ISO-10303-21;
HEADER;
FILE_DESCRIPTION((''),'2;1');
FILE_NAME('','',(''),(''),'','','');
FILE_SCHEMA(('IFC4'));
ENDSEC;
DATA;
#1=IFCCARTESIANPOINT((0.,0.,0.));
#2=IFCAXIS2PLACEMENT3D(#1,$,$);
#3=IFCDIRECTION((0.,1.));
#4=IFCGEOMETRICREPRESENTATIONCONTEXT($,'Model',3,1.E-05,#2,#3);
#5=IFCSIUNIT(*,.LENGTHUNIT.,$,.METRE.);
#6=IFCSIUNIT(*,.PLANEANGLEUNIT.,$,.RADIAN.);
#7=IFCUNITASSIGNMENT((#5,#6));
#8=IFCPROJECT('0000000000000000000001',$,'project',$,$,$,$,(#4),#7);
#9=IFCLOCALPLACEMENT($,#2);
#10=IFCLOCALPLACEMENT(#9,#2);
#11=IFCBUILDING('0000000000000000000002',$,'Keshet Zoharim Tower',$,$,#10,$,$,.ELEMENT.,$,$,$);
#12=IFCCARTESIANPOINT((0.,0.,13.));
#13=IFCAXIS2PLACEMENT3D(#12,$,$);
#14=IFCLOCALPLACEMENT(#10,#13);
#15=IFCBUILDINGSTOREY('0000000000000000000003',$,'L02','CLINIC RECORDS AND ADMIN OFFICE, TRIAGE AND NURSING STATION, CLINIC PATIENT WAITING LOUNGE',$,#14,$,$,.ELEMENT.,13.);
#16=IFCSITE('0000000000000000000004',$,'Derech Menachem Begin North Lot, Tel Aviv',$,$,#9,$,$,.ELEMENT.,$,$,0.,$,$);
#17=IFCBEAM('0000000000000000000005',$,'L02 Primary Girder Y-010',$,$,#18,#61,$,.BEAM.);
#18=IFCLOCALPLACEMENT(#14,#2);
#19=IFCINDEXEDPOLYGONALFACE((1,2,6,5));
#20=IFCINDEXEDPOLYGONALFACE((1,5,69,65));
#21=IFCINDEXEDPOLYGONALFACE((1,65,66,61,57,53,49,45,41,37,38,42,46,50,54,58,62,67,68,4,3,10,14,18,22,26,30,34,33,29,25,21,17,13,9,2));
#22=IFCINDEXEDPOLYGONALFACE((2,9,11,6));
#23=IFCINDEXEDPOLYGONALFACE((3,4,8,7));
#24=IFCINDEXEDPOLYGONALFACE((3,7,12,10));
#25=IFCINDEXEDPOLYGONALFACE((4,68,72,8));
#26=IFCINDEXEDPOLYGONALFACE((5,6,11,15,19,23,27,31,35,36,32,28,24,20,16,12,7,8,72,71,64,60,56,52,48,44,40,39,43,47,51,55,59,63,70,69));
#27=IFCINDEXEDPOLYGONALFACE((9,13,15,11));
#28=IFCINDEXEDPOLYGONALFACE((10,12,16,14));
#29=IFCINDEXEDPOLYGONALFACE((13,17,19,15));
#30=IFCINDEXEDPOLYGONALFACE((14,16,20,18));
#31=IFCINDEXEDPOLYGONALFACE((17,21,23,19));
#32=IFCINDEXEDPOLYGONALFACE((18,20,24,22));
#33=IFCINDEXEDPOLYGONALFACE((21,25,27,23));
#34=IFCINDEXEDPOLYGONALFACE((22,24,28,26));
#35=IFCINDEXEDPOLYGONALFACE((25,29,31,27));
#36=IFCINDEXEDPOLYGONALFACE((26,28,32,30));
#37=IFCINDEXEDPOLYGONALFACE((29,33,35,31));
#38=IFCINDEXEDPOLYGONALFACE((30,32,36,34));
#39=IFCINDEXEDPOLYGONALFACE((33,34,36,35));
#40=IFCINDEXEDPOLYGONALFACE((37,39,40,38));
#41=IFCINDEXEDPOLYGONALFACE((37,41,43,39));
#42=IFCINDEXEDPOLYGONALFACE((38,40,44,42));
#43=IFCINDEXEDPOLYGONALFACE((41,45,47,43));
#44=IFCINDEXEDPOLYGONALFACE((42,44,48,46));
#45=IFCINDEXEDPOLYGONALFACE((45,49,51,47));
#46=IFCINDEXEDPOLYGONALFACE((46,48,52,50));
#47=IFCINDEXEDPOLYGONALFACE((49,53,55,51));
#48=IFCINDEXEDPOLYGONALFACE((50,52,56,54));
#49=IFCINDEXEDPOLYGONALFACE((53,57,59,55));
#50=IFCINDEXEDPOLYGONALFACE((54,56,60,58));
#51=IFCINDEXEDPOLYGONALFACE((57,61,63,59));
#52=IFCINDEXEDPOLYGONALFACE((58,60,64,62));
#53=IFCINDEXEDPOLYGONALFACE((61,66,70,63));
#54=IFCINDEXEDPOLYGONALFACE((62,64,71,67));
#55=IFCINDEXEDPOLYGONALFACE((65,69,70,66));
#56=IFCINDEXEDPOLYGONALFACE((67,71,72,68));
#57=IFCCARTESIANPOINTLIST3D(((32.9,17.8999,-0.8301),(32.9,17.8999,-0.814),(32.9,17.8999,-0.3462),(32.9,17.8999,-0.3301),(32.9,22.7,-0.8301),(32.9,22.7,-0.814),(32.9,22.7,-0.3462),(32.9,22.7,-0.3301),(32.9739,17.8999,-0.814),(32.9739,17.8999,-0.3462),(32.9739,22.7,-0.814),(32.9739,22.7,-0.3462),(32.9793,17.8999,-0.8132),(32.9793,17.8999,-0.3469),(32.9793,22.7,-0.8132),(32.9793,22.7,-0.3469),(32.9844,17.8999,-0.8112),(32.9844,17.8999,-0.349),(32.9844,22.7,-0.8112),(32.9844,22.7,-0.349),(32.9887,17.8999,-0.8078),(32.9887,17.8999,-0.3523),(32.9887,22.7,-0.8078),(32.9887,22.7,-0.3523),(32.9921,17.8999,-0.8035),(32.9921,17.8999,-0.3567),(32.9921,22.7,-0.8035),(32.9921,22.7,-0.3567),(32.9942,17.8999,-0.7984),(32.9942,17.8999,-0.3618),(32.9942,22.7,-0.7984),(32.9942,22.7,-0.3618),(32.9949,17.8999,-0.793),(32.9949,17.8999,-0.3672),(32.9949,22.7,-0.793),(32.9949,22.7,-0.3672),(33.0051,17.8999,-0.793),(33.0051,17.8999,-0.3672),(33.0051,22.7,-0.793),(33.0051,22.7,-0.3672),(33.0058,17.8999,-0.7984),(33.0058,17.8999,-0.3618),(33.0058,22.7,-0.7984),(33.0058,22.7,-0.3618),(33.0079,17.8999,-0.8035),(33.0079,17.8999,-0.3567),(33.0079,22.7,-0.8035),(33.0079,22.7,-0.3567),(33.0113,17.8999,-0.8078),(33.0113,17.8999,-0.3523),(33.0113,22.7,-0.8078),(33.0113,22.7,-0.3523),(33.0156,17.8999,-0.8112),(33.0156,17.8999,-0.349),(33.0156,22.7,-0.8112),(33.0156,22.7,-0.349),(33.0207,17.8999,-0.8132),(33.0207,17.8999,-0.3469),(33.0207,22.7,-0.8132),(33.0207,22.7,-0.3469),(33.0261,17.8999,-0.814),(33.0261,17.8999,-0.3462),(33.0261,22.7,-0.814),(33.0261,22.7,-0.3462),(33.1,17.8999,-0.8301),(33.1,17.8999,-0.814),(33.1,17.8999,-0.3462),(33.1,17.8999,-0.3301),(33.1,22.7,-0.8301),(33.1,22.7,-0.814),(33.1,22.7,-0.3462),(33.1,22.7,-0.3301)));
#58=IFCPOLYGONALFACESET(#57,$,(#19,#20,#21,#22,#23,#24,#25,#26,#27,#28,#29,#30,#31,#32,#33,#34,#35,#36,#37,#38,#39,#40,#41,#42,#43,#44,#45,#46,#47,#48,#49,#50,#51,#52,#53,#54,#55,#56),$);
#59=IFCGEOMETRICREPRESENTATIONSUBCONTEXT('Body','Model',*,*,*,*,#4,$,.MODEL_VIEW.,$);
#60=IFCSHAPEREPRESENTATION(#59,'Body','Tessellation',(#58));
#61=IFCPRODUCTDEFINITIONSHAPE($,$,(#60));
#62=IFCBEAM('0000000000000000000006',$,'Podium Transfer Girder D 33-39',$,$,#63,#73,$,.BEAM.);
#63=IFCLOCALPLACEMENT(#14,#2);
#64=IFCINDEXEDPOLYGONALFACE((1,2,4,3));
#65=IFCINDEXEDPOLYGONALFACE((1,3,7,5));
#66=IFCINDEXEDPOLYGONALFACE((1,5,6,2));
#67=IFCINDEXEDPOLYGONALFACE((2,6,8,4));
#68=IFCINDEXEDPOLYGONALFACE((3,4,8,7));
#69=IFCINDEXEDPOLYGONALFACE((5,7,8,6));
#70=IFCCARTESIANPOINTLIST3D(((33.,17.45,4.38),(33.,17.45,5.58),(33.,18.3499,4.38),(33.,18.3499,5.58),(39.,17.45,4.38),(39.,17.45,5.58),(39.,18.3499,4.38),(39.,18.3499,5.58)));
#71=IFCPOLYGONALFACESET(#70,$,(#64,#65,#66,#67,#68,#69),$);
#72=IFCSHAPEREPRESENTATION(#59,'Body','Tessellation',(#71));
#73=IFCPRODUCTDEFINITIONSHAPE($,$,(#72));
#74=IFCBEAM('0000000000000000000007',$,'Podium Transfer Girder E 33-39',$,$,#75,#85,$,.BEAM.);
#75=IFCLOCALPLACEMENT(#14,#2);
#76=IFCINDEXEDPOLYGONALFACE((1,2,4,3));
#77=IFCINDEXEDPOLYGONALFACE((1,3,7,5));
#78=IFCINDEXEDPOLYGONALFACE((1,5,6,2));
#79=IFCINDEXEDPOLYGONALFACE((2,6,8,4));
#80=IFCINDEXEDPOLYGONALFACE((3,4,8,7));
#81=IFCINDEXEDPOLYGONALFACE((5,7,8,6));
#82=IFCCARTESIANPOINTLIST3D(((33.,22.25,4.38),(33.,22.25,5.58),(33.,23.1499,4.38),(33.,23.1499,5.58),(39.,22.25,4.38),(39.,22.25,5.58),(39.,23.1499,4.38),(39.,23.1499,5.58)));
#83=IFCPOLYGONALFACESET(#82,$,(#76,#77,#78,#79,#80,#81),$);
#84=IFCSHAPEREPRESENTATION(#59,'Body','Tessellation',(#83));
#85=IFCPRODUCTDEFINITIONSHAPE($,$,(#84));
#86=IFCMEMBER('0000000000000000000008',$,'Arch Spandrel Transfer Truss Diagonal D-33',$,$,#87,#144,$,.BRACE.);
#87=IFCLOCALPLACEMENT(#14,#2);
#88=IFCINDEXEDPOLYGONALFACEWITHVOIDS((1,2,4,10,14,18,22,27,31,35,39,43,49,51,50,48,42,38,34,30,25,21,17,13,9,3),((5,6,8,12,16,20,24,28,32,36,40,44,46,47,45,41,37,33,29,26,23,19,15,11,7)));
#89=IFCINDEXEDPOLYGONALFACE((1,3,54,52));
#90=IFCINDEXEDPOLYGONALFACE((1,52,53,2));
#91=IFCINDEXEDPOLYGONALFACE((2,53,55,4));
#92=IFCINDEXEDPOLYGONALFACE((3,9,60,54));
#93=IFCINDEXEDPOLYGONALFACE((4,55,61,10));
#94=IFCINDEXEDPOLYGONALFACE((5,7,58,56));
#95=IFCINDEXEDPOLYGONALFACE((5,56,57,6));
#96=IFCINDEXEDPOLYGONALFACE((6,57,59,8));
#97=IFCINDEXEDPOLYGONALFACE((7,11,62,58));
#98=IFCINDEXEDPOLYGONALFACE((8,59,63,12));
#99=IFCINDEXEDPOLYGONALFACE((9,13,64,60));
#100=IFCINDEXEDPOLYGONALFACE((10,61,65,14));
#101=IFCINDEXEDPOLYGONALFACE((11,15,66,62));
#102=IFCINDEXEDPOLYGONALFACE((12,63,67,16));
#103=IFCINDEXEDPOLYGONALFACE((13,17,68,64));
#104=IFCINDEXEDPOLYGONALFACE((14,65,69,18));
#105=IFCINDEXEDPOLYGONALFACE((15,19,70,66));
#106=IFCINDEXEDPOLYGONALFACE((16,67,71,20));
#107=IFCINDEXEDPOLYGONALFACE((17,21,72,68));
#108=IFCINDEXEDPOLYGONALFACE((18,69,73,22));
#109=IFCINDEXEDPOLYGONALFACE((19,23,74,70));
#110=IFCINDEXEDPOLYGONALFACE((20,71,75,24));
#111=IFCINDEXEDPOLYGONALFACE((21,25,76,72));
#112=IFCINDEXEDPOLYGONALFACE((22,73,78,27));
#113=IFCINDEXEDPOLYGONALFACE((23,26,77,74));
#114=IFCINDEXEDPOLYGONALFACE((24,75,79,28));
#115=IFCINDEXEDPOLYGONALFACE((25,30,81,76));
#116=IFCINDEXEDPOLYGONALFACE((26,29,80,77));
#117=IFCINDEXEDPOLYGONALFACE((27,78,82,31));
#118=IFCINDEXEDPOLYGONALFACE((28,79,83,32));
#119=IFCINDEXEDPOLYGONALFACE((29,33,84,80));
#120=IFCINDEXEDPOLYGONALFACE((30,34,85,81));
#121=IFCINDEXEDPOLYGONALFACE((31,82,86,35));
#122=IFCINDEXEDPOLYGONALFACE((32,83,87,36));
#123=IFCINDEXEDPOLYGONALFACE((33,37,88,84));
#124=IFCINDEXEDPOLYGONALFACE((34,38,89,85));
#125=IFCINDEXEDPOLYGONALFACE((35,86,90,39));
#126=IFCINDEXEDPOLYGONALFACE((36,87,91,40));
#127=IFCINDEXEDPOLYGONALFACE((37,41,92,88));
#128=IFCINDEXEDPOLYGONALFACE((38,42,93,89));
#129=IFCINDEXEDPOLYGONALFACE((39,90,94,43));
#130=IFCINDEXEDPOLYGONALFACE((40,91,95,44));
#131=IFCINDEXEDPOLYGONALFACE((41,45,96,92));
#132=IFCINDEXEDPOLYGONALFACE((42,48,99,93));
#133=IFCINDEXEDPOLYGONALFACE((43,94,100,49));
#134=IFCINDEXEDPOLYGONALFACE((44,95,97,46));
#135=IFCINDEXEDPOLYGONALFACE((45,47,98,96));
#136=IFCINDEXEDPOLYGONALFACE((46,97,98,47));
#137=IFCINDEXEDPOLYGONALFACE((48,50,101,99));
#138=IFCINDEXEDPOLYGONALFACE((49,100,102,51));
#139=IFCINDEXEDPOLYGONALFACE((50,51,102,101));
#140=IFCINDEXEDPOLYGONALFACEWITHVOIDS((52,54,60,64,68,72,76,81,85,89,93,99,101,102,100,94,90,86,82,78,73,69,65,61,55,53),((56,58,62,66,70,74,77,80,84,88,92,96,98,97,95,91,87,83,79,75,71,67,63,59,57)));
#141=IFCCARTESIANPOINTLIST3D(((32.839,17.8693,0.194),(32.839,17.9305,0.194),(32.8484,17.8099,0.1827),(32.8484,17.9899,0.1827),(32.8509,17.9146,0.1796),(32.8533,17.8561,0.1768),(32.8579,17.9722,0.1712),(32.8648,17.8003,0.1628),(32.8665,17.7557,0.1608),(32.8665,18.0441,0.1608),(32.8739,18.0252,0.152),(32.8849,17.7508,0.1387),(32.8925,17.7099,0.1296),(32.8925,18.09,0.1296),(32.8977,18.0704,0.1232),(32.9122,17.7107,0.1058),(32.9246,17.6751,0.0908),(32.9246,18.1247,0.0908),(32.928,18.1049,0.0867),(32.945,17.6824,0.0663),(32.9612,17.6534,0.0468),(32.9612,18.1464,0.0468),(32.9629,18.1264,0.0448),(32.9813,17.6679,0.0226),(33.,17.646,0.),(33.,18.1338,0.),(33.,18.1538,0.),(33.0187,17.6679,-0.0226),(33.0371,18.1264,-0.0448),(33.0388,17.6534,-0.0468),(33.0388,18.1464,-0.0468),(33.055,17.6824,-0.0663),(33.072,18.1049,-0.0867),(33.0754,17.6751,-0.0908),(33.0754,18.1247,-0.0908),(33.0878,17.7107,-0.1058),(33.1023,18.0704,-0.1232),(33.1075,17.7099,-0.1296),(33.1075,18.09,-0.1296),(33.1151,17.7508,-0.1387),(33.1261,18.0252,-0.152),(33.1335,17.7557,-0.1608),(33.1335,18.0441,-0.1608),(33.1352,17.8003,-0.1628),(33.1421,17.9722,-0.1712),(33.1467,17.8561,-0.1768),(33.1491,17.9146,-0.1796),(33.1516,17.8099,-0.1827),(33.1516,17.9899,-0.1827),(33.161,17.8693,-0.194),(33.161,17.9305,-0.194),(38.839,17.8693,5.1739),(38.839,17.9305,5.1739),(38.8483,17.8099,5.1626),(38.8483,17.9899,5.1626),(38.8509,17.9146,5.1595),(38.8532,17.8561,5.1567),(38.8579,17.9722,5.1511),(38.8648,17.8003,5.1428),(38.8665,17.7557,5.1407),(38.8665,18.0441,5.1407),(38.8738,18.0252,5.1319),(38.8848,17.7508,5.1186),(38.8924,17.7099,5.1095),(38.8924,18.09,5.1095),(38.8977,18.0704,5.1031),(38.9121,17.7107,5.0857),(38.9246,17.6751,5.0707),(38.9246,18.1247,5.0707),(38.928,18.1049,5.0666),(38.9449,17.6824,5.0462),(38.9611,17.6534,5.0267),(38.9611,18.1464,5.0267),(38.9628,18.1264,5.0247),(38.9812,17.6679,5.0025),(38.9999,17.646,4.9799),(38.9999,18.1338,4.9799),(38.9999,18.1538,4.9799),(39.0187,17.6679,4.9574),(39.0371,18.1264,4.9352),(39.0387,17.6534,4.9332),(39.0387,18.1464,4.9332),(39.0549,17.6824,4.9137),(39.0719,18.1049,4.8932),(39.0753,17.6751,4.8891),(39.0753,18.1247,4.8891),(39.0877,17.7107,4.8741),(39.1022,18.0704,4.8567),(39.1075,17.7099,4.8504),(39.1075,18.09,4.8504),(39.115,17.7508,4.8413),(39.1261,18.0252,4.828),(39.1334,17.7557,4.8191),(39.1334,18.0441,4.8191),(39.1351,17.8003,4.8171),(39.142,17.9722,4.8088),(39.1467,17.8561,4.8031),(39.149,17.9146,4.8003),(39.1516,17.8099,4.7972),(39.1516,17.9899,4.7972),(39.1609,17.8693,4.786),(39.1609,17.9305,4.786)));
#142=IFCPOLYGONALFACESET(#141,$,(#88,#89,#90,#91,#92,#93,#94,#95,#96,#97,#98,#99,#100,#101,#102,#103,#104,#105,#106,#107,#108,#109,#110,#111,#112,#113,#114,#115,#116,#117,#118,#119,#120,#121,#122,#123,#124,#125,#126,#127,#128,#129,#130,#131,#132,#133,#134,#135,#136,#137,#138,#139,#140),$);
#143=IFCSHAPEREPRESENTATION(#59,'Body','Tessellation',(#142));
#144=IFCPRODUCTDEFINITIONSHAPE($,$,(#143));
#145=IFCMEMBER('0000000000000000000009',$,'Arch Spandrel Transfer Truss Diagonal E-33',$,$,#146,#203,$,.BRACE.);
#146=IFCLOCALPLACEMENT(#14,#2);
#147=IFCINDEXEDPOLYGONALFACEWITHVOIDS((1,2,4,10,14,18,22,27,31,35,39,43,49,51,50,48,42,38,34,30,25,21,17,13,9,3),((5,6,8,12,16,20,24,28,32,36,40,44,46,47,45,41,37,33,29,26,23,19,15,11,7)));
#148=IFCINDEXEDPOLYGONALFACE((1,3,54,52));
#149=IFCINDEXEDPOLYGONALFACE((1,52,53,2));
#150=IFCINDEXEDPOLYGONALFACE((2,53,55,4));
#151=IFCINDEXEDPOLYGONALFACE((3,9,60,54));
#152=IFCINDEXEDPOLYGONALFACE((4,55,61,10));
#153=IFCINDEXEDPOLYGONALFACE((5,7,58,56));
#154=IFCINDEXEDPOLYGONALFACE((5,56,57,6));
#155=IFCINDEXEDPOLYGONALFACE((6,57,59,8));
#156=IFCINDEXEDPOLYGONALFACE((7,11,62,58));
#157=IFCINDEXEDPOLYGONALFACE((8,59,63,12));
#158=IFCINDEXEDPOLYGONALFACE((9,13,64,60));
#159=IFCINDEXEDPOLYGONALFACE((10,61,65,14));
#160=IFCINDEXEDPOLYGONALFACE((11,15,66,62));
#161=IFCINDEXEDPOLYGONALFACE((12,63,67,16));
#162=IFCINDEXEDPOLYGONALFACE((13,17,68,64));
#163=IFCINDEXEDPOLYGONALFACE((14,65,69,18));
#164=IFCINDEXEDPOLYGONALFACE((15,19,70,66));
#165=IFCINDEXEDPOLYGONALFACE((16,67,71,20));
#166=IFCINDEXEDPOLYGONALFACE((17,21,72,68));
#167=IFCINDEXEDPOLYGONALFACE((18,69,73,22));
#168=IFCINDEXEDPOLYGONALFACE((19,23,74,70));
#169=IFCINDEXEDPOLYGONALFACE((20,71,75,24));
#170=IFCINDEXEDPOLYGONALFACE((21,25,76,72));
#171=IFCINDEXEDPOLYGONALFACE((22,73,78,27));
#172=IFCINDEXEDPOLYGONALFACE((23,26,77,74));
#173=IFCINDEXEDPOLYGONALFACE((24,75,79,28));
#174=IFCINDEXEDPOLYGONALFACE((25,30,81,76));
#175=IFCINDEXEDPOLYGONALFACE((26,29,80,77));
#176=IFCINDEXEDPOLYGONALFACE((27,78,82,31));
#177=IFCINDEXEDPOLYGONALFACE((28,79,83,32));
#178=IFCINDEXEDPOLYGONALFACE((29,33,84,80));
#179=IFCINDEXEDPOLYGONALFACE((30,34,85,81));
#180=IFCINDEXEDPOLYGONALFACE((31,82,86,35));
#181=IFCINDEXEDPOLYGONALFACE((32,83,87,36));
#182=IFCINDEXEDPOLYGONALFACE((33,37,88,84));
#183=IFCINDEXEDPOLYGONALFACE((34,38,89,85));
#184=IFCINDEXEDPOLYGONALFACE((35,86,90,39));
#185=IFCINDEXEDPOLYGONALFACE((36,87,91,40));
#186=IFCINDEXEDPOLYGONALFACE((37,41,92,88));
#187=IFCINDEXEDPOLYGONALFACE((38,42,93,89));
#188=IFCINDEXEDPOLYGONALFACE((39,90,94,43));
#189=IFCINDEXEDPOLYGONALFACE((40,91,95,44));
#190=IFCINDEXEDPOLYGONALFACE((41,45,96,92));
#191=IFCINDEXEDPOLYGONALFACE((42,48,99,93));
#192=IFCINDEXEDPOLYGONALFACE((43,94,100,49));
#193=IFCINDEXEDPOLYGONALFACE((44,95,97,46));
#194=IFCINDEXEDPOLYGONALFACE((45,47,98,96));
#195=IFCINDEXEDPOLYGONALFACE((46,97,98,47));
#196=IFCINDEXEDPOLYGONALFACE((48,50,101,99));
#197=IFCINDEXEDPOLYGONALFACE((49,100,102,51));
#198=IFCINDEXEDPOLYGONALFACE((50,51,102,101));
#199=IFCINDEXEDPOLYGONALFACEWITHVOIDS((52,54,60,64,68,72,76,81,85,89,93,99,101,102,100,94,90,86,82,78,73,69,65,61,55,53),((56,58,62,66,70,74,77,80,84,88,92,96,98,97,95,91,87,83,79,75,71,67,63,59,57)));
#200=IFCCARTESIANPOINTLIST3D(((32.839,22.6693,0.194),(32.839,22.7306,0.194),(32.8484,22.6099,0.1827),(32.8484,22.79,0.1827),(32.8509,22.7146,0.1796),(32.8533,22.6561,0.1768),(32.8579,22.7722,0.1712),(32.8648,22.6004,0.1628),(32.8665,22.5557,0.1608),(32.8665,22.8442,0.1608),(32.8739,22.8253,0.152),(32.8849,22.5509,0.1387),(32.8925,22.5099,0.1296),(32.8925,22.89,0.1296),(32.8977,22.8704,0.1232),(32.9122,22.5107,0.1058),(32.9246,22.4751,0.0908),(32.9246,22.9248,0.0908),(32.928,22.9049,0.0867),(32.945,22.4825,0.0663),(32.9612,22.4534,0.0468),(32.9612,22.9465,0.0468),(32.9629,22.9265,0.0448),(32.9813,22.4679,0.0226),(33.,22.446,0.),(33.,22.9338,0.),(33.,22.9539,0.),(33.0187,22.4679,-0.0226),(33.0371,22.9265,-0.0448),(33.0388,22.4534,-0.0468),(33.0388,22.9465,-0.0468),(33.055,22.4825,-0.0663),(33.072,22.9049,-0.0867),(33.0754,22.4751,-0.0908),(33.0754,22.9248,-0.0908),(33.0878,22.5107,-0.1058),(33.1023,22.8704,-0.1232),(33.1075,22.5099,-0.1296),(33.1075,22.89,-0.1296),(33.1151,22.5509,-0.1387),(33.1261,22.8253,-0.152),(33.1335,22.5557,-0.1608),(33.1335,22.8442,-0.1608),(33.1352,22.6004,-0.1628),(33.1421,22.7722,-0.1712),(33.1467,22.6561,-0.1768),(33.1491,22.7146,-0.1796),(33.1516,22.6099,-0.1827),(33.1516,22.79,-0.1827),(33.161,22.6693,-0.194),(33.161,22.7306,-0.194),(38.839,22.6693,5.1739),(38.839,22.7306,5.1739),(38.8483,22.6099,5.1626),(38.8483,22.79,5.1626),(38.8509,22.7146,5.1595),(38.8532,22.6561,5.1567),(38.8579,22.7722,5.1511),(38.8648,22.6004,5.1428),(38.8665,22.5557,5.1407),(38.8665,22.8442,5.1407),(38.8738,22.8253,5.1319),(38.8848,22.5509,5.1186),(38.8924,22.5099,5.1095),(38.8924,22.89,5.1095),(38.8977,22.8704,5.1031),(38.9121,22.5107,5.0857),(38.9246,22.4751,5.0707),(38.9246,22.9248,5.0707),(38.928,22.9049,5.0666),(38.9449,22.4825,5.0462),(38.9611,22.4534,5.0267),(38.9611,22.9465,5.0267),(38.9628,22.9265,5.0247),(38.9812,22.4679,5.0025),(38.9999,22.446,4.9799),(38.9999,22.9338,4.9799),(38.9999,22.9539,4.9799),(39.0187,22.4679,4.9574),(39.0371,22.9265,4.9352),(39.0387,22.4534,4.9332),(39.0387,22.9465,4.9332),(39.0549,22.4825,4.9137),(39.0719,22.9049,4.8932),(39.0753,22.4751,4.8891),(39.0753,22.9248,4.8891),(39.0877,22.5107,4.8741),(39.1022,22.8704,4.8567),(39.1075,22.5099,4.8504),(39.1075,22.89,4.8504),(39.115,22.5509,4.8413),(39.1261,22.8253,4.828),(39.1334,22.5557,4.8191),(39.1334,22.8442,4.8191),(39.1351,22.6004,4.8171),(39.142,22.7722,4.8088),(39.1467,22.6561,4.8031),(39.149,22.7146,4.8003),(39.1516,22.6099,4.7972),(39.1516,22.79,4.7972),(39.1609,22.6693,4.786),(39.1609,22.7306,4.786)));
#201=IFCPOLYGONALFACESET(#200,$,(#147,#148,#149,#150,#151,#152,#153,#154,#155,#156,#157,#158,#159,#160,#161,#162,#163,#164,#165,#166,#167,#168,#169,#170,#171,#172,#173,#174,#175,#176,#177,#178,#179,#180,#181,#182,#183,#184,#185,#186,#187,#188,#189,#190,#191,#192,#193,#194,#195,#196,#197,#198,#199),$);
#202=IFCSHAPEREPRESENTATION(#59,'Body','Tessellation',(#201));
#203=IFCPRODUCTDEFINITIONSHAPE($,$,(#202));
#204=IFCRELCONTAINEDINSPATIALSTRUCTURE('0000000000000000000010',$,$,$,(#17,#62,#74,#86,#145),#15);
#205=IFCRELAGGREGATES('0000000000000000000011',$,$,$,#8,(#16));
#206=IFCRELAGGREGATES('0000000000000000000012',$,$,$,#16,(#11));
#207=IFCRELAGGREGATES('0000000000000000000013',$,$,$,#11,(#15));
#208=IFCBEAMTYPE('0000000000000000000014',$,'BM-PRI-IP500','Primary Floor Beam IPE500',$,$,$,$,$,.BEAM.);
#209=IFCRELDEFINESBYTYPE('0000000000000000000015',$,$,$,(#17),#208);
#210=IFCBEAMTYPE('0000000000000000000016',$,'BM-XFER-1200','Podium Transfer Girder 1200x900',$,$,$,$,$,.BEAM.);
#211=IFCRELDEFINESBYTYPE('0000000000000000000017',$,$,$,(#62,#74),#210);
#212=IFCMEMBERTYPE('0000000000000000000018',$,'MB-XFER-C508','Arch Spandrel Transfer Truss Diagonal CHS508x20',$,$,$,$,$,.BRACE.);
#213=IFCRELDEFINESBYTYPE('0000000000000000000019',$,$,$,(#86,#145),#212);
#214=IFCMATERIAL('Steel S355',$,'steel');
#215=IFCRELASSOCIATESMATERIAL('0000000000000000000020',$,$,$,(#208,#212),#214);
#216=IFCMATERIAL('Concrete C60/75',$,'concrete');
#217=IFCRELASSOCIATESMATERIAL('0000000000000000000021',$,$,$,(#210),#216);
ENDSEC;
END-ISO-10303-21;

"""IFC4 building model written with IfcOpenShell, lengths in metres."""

from ifc_helpers import new_model, si_unit, direction, frame, origin, origin_2d, place, context, subcontext, project, spatial, rectangle, hollow_circle, i_section, extrude, material, material_profile, profile_set, type_object, element, save


model = new_model("IFC4")

# Units and contexts
model_context = context("Model", 3, precision=1e-05, world=origin(), true_north=direction((0.0, 1.0)))
body_context = subcontext(model_context, "Body", "Model", "MODEL_VIEW")
ifc_project = project(units=[si_unit("LENGTHUNIT", "METRE"), si_unit("PLANEANGLEUNIT", "RADIAN")], contexts=[model_context])

# Site, building, storey
site_placement = place(None, origin())
site = spatial("IfcSite", under=ifc_project, at=site_placement, Name="Derech Menachem Begin North Lot, Tel Aviv", CompositionType="ELEMENT", RefElevation=0.0)
building_placement = place(site_placement, origin())
building = spatial("IfcBuilding", under=site, at=building_placement, Name="Keshet Zoharim Tower", CompositionType="ELEMENT")
storey_placement = place(building_placement, frame((0.0, 0.0, 13.0)))
storey = spatial("IfcBuildingStorey", under=building, at=storey_placement, Name="L02", Description="CLINIC RECORDS AND ADMIN OFFICE, TRIAGE AND NURSING STATION, CLINIC PATIENT WAITING LOUNGE", CompositionType="ELEMENT", Elevation=13.0)

# Shared definitions
ifc_material_1 = material(Name="Concrete C60/75", Category="concrete")

# Beams
ifc_material_2 = material(Name="Steel S355", Category="steel")
ifc_material_profile_1 = material_profile(ifc_material_2, i_section(OverallWidth=0.2, OverallDepth=0.5, WebThickness=0.0103, FlangeThickness=0.0161, FilletRadius=0.021, at=origin_2d()), Name="IPE500")
ifc_profile_set_1 = profile_set([ifc_material_profile_1], Name="Steel S355")
beam_type_1 = type_object("IfcBeamType", Name="BM-PRI-IP500", Description="Primary Floor Beam IPE500", PredefinedType="BEAM", material=ifc_profile_set_1)
beam_1_placement = place(storey_placement, frame((33.0, 17.8999, -0.5801), z_axis=(0.0, 1.0, 0.0), x_axis=(-1.0, 0.0, 0.0)))
element("IfcBeam", 1, at=beam_1_placement, inside=storey, type_object=beam_type_1, Name="L02 Primary Girder Y-010", PredefinedType="BEAM", context=body_context, shape_type="SweptSolid", body=[
    extrude(i_section(OverallWidth=0.2, OverallDepth=0.5, WebThickness=0.0103, FlangeThickness=0.0161, FilletRadius=0.021, at=origin_2d()), origin(), (0.0, 0.0, 1.0), 4.8),
])
ifc_material_profile_2 = material_profile(ifc_material_1, rectangle(XDim=0.8999, YDim=1.2, at=origin_2d()), Name="RC1200x900")
ifc_profile_set_2 = profile_set([ifc_material_profile_2], Name="Concrete C60/75")
beam_type_2 = type_object("IfcBeamType", Name="BM-XFER-1200", Description="Podium Transfer Girder 1200x900", PredefinedType="BEAM", material=ifc_profile_set_2)
for number, where, z_axis, x_axis, name in (
    (2, (33.0, 17.8999, 4.98), (1.0, 0.0, 0.0), (0.0, 1.0, 0.0), "Podium Transfer Girder D 33-39"),
    (3, (33.0, 22.7, 4.98), (1.0, 0.0, 0.0), (0.0, 1.0, 0.0), "Podium Transfer Girder E 33-39"),
):
    element("IfcBeam", number, at=place(storey_placement, frame(where, z_axis=z_axis, x_axis=x_axis)), inside=storey, type_object=beam_type_2, Name=name, PredefinedType="BEAM", context=body_context, shape_type="SweptSolid", body=[
        extrude(rectangle(XDim=0.8999, YDim=1.2, at=origin_2d()), origin(), (0.0, 0.0, 1.0), 6.0),
    ])

# Members
ifc_material_profile_3 = material_profile(ifc_material_2, hollow_circle(Radius=0.2539, WallThickness=0.02, at=origin_2d()), Name="CHS508x20")
ifc_profile_set_3 = profile_set([ifc_material_profile_3], Name="Steel S355")
member_type = type_object("IfcMemberType", Name="MB-XFER-C508", Description="Arch Spandrel Transfer Truss Diagonal CHS508x20", PredefinedType="BRACE", material=ifc_profile_set_3)
for number, where, z_axis, x_axis, name in (
    (4, (33.0, 17.8999, 0.0), (0.769482, 0.0, 0.638668), (0.0, 1.0, 0.0), "Arch Spandrel Transfer Truss Diagonal D-33"),
    (5, (33.0, 22.7, 0.0), (0.769482, 0.0, 0.638668), (0.0, 1.0, 0.0), "Arch Spandrel Transfer Truss Diagonal E-33"),
):
    element("IfcMember", number, at=place(storey_placement, frame(where, z_axis=z_axis, x_axis=x_axis)), inside=storey, type_object=member_type, Name=name, PredefinedType="BRACE", context=body_context, shape_type="SweptSolid", body=[
        extrude(hollow_circle(Radius=0.2539, WallThickness=0.02, at=origin_2d()), origin(), (0.0, 0.0, 1.0), 7.7974),
    ])

save(model, "model.ifc")
